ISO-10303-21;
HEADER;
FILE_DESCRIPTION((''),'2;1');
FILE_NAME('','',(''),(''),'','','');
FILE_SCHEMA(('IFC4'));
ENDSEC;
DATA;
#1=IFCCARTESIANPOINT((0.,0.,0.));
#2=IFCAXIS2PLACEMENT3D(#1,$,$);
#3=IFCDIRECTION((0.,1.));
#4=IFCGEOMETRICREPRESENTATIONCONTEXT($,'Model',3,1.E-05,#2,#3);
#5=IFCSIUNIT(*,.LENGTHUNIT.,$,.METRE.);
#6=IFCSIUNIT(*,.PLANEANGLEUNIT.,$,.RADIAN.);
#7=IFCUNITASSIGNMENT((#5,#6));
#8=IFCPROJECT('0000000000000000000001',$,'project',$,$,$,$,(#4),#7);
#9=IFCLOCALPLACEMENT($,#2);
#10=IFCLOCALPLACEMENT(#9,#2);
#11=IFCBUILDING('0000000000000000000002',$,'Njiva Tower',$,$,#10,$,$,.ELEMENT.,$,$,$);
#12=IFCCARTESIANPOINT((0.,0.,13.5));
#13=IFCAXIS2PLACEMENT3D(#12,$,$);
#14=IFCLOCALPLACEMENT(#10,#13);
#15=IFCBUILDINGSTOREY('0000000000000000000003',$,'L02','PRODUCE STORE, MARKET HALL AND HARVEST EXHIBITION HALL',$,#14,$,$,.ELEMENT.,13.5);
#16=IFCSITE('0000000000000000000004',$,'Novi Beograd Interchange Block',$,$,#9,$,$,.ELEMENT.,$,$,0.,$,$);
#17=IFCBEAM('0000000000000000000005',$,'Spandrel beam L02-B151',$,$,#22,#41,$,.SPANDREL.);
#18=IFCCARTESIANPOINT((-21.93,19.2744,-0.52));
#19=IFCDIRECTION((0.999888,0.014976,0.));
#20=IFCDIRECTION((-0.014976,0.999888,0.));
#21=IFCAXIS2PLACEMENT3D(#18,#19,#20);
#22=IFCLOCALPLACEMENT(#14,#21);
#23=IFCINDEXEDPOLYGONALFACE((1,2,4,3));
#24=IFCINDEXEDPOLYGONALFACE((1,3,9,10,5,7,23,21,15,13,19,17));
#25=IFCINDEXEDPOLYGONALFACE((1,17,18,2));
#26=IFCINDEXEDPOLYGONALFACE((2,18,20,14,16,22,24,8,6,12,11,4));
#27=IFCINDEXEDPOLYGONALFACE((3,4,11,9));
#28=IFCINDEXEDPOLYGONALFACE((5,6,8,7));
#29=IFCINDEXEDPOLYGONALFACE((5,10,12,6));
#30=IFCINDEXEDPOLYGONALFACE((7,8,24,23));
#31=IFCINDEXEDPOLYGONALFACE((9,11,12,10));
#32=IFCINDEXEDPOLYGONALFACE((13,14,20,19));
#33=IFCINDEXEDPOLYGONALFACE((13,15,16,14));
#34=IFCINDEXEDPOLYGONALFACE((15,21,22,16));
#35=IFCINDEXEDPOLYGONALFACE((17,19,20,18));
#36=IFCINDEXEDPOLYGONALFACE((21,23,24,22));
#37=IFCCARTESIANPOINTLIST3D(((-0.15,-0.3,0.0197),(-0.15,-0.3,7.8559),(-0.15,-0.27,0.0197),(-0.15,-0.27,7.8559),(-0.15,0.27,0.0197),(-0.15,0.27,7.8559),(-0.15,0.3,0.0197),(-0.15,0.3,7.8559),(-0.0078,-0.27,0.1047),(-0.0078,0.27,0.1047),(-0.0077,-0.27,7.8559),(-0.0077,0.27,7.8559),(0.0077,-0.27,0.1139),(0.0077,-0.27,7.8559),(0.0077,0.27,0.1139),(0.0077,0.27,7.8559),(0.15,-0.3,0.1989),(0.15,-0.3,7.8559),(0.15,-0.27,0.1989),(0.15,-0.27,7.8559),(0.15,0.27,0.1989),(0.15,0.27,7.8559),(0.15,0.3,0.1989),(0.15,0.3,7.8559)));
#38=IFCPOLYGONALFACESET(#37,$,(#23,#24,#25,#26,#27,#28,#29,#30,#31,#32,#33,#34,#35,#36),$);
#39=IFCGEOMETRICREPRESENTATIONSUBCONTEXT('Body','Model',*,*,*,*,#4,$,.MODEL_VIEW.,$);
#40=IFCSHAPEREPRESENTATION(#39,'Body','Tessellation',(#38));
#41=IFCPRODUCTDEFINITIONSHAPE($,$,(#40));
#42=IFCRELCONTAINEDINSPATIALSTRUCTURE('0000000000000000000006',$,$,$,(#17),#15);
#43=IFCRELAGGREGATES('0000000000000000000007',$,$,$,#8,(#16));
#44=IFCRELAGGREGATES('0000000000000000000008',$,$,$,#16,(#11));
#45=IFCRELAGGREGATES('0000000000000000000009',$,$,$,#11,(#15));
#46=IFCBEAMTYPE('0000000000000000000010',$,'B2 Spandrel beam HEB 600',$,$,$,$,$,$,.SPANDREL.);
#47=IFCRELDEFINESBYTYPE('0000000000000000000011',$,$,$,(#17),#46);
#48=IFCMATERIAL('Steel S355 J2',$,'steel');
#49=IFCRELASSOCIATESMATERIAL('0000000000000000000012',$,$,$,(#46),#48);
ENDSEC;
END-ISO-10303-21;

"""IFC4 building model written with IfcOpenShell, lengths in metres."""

from ifc_helpers import new_model, si_unit, direction, frame, origin, origin_2d, place, context, subcontext, project, spatial, i_section, extrude, clip, halfspace, material, material_profile, profile_set, type_object, element, save


model = new_model("IFC4")

# Units and contexts
model_context = context("Model", 3, precision=1e-05, world=origin(), true_north=direction((0.0, 1.0)))
body_context = subcontext(model_context, "Body", "Model", "MODEL_VIEW")
ifc_project = project(units=[si_unit("LENGTHUNIT", "METRE"), si_unit("PLANEANGLEUNIT", "RADIAN")], contexts=[model_context])

# Site, building, storey
site_placement = place(None, origin())
site = spatial("IfcSite", under=ifc_project, at=site_placement, Name="Novi Beograd Interchange Block", CompositionType="ELEMENT", RefElevation=0.0)
building_placement = place(site_placement, origin())
building = spatial("IfcBuilding", under=site, at=building_placement, Name="Njiva Tower", CompositionType="ELEMENT")
storey_placement = place(building_placement, frame((0.0, 0.0, 13.5)))
storey = spatial("IfcBuildingStorey", under=building, at=storey_placement, Name="L02", Description="PRODUCE STORE, MARKET HALL AND HARVEST EXHIBITION HALL", CompositionType="ELEMENT", Elevation=13.5)

# Shared definitions
ifc_material_1 = material(Name="Steel S355 J2", Category="steel")

# Beam
ifc_material_profile_1 = material_profile(ifc_material_1, i_section(OverallWidth=0.3, OverallDepth=0.6, WebThickness=0.0155, FlangeThickness=0.03, at=origin_2d()), Name="HEB 600")
ifc_profile_set_1 = profile_set([ifc_material_profile_1], Name="Steel S355 J2")
beam_type_1 = type_object("IfcBeamType", Name="B2 Spandrel beam HEB 600", PredefinedType="SPANDREL", material=ifc_profile_set_1)
beam_1_placement = place(storey_placement, frame((-21.93, 19.2744, -0.52), z_axis=(0.999888, 0.014976, 0.0), x_axis=(-0.014976, 0.999888, 0.0)))
element("IfcBeam", 1, at=beam_1_placement, inside=storey, type_object=beam_type_1, Name="Spandrel beam L02-B151", PredefinedType="SPANDREL", context=body_context, shape_type="Clipping", body=[
    clip(extrude(i_section(OverallWidth=0.3, OverallDepth=0.6, WebThickness=0.0155, FlangeThickness=0.03, at=origin_2d()), origin(), (0.0, 0.0, 1.0), 7.8559), halfspace(frame((0.0261, 0.0, 0.1249), z_axis=(0.512911, 0.0, -0.858442), x_axis=(0.0, -1.0, 0.0)), False)),
])

save(model, "model.ifc")
